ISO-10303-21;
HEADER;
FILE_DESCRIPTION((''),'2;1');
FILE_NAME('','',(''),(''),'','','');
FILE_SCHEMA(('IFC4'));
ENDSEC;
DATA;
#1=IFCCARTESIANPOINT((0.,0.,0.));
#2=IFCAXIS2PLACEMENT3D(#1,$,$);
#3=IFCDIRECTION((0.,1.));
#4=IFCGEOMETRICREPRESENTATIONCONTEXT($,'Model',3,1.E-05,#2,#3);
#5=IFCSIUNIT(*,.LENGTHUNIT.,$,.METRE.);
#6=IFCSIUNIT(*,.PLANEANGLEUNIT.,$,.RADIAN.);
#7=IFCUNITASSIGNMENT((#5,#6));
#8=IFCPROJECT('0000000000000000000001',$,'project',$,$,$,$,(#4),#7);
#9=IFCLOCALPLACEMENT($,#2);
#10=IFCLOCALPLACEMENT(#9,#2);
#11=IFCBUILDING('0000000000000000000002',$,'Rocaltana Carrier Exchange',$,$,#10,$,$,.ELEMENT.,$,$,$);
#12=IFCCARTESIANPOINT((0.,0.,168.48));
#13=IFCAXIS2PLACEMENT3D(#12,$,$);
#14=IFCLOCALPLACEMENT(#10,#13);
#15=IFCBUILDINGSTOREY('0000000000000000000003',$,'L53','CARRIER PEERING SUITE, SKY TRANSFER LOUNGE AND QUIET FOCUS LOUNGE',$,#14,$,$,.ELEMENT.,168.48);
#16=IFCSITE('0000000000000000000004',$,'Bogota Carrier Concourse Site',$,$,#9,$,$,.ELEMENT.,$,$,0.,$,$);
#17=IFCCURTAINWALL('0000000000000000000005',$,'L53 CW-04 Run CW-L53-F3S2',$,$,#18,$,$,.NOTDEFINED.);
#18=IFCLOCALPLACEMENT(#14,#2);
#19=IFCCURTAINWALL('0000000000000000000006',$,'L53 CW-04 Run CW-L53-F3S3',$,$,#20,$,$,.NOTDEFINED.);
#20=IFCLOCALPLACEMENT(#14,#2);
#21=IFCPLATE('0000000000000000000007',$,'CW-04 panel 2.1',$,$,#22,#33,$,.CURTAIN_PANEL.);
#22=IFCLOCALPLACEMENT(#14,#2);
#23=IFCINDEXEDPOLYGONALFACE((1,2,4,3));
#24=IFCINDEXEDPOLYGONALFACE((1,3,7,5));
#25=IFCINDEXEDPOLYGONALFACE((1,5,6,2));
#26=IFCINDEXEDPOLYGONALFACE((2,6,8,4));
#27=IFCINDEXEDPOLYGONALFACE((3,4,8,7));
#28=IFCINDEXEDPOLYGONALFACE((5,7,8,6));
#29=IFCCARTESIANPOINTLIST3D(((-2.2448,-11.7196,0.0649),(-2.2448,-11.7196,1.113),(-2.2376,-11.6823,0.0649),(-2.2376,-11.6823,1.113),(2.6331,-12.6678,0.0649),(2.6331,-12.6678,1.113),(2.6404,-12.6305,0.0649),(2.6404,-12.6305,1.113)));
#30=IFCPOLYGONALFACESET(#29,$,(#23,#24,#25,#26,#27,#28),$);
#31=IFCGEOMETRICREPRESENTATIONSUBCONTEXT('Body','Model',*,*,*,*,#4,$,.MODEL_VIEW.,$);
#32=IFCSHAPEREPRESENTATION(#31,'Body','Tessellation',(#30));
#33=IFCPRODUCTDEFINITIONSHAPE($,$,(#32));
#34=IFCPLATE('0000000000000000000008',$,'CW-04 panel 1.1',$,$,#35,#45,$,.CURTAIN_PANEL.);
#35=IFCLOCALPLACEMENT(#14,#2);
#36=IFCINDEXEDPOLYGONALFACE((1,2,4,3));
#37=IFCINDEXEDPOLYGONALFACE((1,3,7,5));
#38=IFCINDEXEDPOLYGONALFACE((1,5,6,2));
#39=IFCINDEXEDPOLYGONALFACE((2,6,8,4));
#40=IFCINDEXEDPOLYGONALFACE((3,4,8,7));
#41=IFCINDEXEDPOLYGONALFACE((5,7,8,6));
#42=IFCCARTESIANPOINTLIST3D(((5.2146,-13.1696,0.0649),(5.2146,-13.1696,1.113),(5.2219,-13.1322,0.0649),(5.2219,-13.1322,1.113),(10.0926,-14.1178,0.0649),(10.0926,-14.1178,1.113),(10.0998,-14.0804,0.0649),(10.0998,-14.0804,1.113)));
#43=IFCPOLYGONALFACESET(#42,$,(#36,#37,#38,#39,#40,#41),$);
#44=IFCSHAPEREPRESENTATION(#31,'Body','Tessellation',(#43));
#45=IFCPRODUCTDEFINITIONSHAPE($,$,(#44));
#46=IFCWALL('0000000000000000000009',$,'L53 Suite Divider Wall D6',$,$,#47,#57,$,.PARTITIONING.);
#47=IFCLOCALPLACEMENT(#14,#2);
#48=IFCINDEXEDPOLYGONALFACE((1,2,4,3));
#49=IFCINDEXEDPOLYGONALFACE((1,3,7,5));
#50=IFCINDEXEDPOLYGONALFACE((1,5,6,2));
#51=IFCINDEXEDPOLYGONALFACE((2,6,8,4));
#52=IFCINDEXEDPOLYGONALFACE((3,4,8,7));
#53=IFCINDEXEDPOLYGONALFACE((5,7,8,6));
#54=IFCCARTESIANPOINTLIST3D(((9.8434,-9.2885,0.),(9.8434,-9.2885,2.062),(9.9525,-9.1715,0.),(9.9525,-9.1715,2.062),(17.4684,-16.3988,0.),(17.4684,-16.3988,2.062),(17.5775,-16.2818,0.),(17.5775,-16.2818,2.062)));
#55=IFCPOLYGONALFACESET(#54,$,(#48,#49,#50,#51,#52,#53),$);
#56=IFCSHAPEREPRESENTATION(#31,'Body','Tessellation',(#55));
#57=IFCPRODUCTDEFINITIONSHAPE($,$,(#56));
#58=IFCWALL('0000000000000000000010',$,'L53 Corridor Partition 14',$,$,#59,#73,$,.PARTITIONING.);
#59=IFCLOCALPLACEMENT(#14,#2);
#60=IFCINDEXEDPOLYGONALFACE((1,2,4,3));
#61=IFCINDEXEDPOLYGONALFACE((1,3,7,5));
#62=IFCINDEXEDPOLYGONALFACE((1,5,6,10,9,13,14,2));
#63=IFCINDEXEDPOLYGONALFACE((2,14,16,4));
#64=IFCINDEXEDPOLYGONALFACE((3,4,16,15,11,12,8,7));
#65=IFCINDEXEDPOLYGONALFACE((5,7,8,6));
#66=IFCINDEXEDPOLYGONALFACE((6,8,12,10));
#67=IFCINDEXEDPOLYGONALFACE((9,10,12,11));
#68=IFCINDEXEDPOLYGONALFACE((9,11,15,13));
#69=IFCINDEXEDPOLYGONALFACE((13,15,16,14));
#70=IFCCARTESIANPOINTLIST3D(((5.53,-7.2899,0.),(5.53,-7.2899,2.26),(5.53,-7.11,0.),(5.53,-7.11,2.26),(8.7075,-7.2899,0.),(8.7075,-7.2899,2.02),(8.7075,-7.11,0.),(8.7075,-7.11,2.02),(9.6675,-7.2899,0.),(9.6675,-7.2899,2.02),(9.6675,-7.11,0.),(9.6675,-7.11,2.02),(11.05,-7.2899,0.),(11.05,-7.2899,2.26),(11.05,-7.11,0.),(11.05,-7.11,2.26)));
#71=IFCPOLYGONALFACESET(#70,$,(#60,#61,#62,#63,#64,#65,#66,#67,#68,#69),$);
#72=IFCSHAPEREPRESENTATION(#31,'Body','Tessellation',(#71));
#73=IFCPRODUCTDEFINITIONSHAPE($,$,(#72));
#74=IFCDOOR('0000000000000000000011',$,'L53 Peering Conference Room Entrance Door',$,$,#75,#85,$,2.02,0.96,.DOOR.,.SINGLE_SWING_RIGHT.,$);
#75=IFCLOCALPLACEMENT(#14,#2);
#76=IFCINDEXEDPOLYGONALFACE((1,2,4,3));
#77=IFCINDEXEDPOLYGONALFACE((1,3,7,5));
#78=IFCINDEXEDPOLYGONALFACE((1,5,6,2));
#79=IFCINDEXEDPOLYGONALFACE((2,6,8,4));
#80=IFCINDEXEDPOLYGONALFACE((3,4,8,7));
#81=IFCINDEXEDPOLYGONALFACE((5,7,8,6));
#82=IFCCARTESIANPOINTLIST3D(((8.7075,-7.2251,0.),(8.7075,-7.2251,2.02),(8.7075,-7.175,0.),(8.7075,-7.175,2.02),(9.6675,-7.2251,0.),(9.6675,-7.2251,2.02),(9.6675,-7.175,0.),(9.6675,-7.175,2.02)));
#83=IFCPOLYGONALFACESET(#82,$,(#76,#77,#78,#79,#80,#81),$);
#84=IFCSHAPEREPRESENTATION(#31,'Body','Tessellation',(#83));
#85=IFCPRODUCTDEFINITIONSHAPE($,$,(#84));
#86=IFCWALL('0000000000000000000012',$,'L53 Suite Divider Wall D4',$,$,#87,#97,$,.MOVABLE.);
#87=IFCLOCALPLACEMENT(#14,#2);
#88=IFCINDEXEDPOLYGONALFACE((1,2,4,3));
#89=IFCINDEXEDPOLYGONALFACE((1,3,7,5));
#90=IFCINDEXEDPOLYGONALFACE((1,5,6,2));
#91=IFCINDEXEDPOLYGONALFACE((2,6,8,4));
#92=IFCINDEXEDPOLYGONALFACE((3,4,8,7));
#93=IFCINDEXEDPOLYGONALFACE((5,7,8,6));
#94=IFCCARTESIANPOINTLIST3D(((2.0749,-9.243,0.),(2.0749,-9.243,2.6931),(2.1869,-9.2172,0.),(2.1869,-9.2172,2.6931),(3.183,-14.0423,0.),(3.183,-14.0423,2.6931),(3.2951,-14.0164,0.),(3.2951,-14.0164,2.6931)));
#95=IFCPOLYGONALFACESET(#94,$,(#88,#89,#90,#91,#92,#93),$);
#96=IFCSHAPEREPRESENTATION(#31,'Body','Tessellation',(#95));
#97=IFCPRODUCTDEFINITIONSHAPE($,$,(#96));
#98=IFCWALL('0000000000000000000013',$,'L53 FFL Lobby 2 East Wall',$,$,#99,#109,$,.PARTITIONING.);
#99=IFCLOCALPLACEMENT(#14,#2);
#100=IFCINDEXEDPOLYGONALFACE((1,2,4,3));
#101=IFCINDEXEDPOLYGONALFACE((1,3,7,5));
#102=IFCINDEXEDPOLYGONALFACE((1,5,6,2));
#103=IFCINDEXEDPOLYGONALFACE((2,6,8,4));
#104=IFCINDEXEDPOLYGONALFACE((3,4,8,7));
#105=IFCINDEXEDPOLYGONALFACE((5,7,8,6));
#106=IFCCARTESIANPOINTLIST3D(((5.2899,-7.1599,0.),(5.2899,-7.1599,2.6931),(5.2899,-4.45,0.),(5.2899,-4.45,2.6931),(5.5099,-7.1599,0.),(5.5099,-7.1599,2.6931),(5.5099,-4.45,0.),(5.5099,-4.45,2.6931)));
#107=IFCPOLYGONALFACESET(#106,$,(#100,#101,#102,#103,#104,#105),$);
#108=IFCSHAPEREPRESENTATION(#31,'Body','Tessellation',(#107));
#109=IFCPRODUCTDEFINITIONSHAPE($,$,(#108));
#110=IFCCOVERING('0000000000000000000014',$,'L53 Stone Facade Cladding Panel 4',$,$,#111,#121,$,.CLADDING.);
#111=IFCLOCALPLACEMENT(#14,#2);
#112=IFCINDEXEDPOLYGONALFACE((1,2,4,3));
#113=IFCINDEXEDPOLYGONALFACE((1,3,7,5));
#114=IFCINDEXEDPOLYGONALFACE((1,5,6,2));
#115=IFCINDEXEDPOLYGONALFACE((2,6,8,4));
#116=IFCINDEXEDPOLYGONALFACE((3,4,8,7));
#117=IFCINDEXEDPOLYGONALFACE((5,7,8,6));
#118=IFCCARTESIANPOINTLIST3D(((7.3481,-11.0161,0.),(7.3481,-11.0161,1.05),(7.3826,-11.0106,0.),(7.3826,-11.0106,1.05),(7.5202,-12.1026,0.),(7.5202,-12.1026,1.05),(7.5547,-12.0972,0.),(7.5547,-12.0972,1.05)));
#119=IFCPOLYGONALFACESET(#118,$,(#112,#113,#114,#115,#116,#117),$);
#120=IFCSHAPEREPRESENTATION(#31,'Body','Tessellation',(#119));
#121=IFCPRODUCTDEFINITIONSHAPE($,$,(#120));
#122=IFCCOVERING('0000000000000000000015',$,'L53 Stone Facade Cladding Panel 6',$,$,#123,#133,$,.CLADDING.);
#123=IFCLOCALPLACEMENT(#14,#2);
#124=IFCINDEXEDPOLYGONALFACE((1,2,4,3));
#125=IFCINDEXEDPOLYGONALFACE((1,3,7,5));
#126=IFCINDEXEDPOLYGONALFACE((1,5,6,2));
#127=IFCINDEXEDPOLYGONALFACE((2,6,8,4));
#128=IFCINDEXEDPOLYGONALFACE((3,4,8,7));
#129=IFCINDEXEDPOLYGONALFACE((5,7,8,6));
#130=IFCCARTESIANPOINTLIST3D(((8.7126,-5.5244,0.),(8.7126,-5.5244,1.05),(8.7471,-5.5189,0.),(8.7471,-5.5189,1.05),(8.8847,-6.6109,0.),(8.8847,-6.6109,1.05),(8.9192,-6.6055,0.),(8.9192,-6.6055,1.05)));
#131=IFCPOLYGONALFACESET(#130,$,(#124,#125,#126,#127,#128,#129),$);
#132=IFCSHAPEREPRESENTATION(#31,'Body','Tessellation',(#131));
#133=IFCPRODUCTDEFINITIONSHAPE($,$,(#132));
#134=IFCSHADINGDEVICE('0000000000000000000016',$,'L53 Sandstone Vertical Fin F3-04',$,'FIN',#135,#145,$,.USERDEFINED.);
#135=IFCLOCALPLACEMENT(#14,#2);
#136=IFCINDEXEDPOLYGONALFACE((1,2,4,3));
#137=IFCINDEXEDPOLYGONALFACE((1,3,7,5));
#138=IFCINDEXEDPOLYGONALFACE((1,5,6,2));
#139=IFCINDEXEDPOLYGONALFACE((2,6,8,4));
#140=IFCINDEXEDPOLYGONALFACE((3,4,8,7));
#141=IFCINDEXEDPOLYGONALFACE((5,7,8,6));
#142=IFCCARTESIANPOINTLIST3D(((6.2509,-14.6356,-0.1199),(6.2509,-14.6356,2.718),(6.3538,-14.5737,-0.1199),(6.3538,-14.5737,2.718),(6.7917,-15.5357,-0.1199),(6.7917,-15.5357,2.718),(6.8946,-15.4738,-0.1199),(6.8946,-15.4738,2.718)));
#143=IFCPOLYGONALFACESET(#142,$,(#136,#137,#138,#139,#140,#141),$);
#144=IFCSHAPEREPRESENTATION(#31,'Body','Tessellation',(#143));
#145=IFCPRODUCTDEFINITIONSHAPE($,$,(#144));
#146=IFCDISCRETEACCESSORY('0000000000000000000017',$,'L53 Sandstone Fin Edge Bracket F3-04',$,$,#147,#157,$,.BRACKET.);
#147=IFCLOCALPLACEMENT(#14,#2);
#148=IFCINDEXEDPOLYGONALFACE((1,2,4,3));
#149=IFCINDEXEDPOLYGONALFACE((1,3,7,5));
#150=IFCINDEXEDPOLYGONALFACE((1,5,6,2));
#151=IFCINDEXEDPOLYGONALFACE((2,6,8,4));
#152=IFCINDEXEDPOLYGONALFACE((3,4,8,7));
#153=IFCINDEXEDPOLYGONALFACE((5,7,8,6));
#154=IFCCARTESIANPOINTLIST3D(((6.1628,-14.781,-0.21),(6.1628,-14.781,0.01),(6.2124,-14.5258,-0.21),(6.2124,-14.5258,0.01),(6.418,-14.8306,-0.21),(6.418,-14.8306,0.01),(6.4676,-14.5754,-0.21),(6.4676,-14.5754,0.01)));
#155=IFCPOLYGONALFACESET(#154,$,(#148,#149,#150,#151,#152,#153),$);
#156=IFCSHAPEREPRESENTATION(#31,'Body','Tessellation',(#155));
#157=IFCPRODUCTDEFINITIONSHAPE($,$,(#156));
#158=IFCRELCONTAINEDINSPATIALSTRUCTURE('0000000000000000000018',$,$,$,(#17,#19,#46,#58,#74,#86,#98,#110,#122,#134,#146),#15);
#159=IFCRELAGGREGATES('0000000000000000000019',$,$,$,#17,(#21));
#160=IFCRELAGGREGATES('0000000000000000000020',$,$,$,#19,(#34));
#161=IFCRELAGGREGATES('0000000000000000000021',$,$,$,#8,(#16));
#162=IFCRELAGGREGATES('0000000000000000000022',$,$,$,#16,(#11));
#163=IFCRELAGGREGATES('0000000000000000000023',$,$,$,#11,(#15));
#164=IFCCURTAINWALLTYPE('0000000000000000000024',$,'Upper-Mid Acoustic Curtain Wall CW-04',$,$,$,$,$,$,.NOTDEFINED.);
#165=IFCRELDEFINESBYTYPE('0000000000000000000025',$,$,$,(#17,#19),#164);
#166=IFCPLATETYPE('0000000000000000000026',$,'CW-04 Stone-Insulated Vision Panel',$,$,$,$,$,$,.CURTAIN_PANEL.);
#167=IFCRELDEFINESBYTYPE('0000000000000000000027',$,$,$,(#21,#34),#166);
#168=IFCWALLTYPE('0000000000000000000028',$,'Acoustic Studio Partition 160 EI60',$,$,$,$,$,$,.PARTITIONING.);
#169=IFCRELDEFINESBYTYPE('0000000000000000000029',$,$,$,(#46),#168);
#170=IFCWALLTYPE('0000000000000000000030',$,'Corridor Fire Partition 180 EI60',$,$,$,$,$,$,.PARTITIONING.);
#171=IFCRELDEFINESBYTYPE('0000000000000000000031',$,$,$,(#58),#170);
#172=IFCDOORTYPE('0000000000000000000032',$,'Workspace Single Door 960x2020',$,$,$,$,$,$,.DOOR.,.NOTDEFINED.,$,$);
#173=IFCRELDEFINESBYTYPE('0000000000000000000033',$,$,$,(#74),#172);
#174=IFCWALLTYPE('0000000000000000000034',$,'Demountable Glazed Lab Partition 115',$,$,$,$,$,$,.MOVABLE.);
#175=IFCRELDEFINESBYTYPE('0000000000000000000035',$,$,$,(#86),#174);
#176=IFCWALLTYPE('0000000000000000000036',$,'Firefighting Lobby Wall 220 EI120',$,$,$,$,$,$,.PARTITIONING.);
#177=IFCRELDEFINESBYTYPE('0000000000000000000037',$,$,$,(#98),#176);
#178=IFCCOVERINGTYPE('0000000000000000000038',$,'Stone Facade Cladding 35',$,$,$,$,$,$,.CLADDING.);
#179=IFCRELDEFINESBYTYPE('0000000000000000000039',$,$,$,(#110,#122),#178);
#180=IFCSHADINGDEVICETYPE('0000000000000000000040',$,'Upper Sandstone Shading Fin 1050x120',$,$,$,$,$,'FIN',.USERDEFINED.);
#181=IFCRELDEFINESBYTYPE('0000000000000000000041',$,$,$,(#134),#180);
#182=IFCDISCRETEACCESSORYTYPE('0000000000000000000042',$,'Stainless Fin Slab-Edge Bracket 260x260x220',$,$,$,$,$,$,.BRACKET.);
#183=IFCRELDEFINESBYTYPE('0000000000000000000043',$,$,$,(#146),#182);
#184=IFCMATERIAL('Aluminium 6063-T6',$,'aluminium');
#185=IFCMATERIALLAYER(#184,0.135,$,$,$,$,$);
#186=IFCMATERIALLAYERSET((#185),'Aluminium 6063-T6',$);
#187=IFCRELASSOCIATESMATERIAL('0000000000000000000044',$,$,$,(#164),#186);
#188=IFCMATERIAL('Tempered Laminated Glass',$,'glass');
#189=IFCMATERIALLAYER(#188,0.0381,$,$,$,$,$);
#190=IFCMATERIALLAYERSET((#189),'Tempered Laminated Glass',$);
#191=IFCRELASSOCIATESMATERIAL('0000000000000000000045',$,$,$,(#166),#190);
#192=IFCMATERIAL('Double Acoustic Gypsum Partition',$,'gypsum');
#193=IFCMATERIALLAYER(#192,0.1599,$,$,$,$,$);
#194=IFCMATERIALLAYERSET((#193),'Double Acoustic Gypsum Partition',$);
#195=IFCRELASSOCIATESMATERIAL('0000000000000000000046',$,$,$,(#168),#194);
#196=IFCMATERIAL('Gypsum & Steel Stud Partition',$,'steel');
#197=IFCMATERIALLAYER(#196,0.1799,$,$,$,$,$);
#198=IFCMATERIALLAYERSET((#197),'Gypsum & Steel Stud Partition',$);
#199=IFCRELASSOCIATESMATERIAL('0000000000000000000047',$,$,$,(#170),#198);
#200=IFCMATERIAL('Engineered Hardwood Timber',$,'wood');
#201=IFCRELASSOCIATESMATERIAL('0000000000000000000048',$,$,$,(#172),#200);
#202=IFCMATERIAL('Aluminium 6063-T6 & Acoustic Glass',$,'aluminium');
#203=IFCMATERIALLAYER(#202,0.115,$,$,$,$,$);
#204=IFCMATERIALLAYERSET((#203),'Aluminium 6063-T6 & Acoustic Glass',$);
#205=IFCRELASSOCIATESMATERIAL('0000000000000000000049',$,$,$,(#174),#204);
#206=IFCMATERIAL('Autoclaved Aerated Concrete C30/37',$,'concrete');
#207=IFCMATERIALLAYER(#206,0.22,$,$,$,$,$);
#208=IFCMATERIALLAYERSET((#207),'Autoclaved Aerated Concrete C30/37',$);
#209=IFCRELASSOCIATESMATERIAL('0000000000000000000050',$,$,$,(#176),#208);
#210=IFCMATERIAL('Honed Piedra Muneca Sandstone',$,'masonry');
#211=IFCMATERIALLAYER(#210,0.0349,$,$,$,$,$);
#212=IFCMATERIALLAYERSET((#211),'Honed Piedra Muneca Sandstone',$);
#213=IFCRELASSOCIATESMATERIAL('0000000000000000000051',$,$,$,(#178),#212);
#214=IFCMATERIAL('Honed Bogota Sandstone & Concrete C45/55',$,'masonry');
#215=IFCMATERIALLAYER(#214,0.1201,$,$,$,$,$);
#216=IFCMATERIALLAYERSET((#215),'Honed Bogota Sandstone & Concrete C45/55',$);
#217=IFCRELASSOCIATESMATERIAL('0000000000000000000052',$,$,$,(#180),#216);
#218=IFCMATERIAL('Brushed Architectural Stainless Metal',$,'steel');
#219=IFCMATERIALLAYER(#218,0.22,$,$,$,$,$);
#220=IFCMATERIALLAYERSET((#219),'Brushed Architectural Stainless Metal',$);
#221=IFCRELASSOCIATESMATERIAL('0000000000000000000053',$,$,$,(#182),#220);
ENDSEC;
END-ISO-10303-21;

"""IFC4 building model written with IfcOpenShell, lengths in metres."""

from ifc_helpers import new_model, si_unit, direction, frame, frame_2d, origin, origin_2d, place, context, subcontext, project, spatial, rectangle, extrude, material, layer, layer_set, type_object, element, fill, aggregate, save


model = new_model("IFC4")

# Units and contexts
model_context = context("Model", 3, precision=1e-05, world=origin(), true_north=direction((0.0, 1.0)))
body_context = subcontext(model_context, "Body", "Model", "MODEL_VIEW")
ifc_project = project(units=[si_unit("LENGTHUNIT", "METRE"), si_unit("PLANEANGLEUNIT", "RADIAN")], contexts=[model_context])

# Site, building, storey
site_placement = place(None, origin())
site = spatial("IfcSite", under=ifc_project, at=site_placement, Name="Bogota Carrier Concourse Site", CompositionType="ELEMENT", RefElevation=0.0)
building_placement = place(site_placement, origin())
building = spatial("IfcBuilding", under=site, at=building_placement, Name="Rocaltana Carrier Exchange", CompositionType="ELEMENT")
storey_placement = place(building_placement, frame((0.0, 0.0, 168.48)))
storey = spatial("IfcBuildingStorey", under=building, at=storey_placement, Name="L53", Description="CARRIER PEERING SUITE, SKY TRANSFER LOUNGE AND QUIET FOCUS LOUNGE", CompositionType="ELEMENT", Elevation=168.48)

# Curtain wall
ifc_material_1 = material(Name="Aluminium 6063-T6", Category="aluminium")
ifc_layer_1 = layer(ifc_material_1, 0.135)
ifc_layer_set_1 = layer_set([ifc_layer_1], Name="Aluminium 6063-T6")
curtain_wall_type = type_object("IfcCurtainWallType", Name="Upper-Mid Acoustic Curtain Wall CW-04", PredefinedType="NOTDEFINED", material=ifc_layer_set_1)
curtain_wall_1_placement = place(storey_placement, origin())
curtain_wall_1 = element("IfcCurtainWall", 1, at=curtain_wall_1_placement, inside=storey, type_object=curtain_wall_type, Name="L53 CW-04 Run CW-L53-F3S2", PredefinedType="NOTDEFINED")

# Curtain wall
curtain_wall_2_placement = place(storey_placement, origin())
curtain_wall_2 = element("IfcCurtainWall", 2, at=curtain_wall_2_placement, inside=storey, type_object=curtain_wall_type, Name="L53 CW-04 Run CW-L53-F3S3", PredefinedType="NOTDEFINED")

# Plates
ifc_material_2 = material(Name="Tempered Laminated Glass", Category="glass")
ifc_layer_2 = layer(ifc_material_2, 0.0381)
ifc_layer_set_2 = layer_set([ifc_layer_2], Name="Tempered Laminated Glass")
plate_type = type_object("IfcPlateType", Name="CW-04 Stone-Insulated Vision Panel", PredefinedType="CURTAIN_PANEL", material=ifc_layer_set_2)
plate_1_placement = place(storey_placement, frame((0.1978, -12.175, 0.0649), z_axis=(0.0, 0.0, 1.0), x_axis=(0.981626, -0.190815, 0.0)))
plate_1 = element("IfcPlate", 3, at=plate_1_placement, type_object=plate_type, Name="CW-04 panel 2.1", PredefinedType="CURTAIN_PANEL", context=body_context, shape_type="SweptSolid", body=[
    extrude(rectangle(XDim=4.9692, YDim=0.0381, at=origin_2d()), origin(), (0.0, 0.0, 1.0), 1.0481),
])
aggregate(curtain_wall_1, [plate_1])
plate_2_placement = place(storey_placement, frame((7.6572, -13.625, 0.0649), z_axis=(0.0, 0.0, 1.0), x_axis=(0.981628, -0.190805, 0.0)))
plate_2 = element("IfcPlate", 4, at=plate_2_placement, type_object=plate_type, Name="CW-04 panel 1.1", PredefinedType="CURTAIN_PANEL", context=body_context, shape_type="SweptSolid", body=[
    extrude(rectangle(XDim=4.9692, YDim=0.0381, at=origin_2d()), origin(), (0.0, 0.0, 1.0), 1.0481),
])
aggregate(curtain_wall_2, [plate_2])

# Wall
ifc_material_3 = material(Name="Double Acoustic Gypsum Partition", Category="gypsum")
ifc_layer_3 = layer(ifc_material_3, 0.1599)
ifc_layer_set_3 = layer_set([ifc_layer_3], Name="Double Acoustic Gypsum Partition")
wall_type_1 = type_object("IfcWallType", Name="Acoustic Studio Partition 160 EI60", PredefinedType="PARTITIONING", material=ifc_layer_set_3)
wall_1_placement = place(storey_placement, frame((9.8979, -9.23, 0.0), z_axis=(0.0, 0.0, 1.0), x_axis=(0.731357, -0.681994, 0.0)))
element("IfcWall", 5, at=wall_1_placement, inside=storey, type_object=wall_type_1, Name="L53 Suite Divider Wall D6", PredefinedType="PARTITIONING", context=body_context, shape_type="SweptSolid", body=[
    extrude(rectangle(XDim=10.4258, YDim=0.1599, at=frame_2d((5.2129, 0.0))), origin(), (0.0, 0.0, 1.0), 2.062),
])

# Wall, opening, door
ifc_material_4 = material(Name="Gypsum & Steel Stud Partition", Category="steel")
ifc_layer_4 = layer(ifc_material_4, 0.1799)
ifc_layer_set_4 = layer_set([ifc_layer_4], Name="Gypsum & Steel Stud Partition")
wall_type_2 = type_object("IfcWallType", Name="Corridor Fire Partition 180 EI60", PredefinedType="PARTITIONING", material=ifc_layer_set_4)
wall_2_placement = place(storey_placement, frame((5.53, -7.2, 0.0), z_axis=(0.0, 0.0, 1.0), x_axis=(1.0, 0.0, 0.0)))
wall_2 = element("IfcWall", 6, at=wall_2_placement, inside=storey, type_object=wall_type_2, Name="L53 Corridor Partition 14", PredefinedType="PARTITIONING", context=body_context, shape_type="SweptSolid", body=[
    extrude(rectangle(XDim=5.52, YDim=0.1799, at=frame_2d((2.76, 0.0))), origin(), (0.0, 0.0, 1.0), 2.26),
])
opening_placement = place(wall_2_placement, frame((3.1775, 0.0, 0.0)))
opening = element("IfcOpeningElement", 7, at=opening_placement, cuts=wall_2, PredefinedType="OPENING", context=body_context, shape_type="SweptSolid", body=[
    extrude(rectangle(XDim=0.96, YDim=2.02, at=frame_2d((0.48, 1.01))), frame((0.0, 0.0999, 0.0), z_axis=(0.0, -1.0, 0.0), x_axis=(1.0, 0.0, 0.0)), (0.0, 0.0, 1.0), 0.2),
])
ifc_material_5 = material(Name="Engineered Hardwood Timber", Category="wood")
door_type = type_object("IfcDoorType", Name="Workspace Single Door 960x2020", OperationType="NOTDEFINED", PredefinedType="DOOR", material=ifc_material_5)
door_placement = place(opening_placement, origin())
door = element("IfcDoor", 8, at=door_placement, inside=storey, type_object=door_type, Name="L53 Peering Conference Room Entrance Door", OperationType="SINGLE_SWING_RIGHT", OverallHeight=2.02, OverallWidth=0.96, PredefinedType="DOOR", context=body_context, shape_type="SweptSolid", body=[
    extrude(rectangle(XDim=0.96, YDim=2.02, at=frame_2d((0.48, 1.01))), frame((0.0, 0.0249, 0.0), z_axis=(0.0, -1.0, 0.0), x_axis=(1.0, 0.0, 0.0)), (0.0, 0.0, 1.0), 0.05),
])
fill(opening, door)

# Walls
ifc_material_6 = material(Name="Aluminium 6063-T6 & Acoustic Glass", Category="aluminium")
ifc_layer_5 = layer(ifc_material_6, 0.115)
ifc_layer_set_5 = layer_set([ifc_layer_5], Name="Aluminium 6063-T6 & Acoustic Glass")
wall_type_3 = type_object("IfcWallType", Name="Demountable Glazed Lab Partition 115", PredefinedType="MOVABLE", material=ifc_layer_set_5)
wall_3_placement = place(storey_placement, frame((2.1309, -9.23, 0.0), z_axis=(0.0, 0.0, 1.0), x_axis=(0.224979, -0.974364, 0.0)))
element("IfcWall", 9, at=wall_3_placement, inside=storey, type_object=wall_type_3, Name="L53 Suite Divider Wall D4", PredefinedType="MOVABLE", context=body_context, shape_type="SweptSolid", body=[
    extrude(rectangle(XDim=4.9255, YDim=0.115, at=frame_2d((2.4629, 0.0))), origin(), (0.0, 0.0, 1.0), 2.6931),
])
ifc_material_7 = material(Name="Autoclaved Aerated Concrete C30/37", Category="concrete")
ifc_layer_6 = layer(ifc_material_7, 0.22)
ifc_layer_set_6 = layer_set([ifc_layer_6], Name="Autoclaved Aerated Concrete C30/37")
wall_type_4 = type_object("IfcWallType", Name="Firefighting Lobby Wall 220 EI120", PredefinedType="PARTITIONING", material=ifc_layer_set_6)
wall_4_placement = place(storey_placement, frame((5.3999, -7.1599, 0.0), z_axis=(0.0, 0.0, 1.0), x_axis=(0.0, 1.0, 0.0)))
element("IfcWall", 10, at=wall_4_placement, inside=storey, type_object=wall_type_4, Name="L53 FFL Lobby 2 East Wall", PredefinedType="PARTITIONING", context=body_context, shape_type="SweptSolid", body=[
    extrude(rectangle(XDim=2.71, YDim=0.22, at=frame_2d((1.355, 0.0))), origin(), (0.0, 0.0, 1.0), 2.6931),
])

# Coverings
ifc_material_8 = material(Name="Honed Piedra Muneca Sandstone", Category="masonry")
ifc_layer_7 = layer(ifc_material_8, 0.0349)
ifc_layer_set_7 = layer_set([ifc_layer_7], Name="Honed Piedra Muneca Sandstone")
covering_type = type_object("IfcCoveringType", Name="Stone Facade Cladding 35", PredefinedType="CLADDING", material=ifc_layer_set_7)
for number, where, z_axis, x_axis, name in (
    (11, (7.4514, -11.5566, 0.0), (0.0, 0.0, 1.0), (-0.156434, 0.987688, 0.0), "L53 Stone Facade Cladding Panel 4"),
    (12, (8.8159, -6.0649, 0.0), (0.0, 0.0, 1.0), (-0.156434, 0.987688, 0.0), "L53 Stone Facade Cladding Panel 6"),
):
    element("IfcCovering", number, at=place(storey_placement, frame(where, z_axis=z_axis, x_axis=x_axis)), inside=storey, type_object=covering_type, Name=name, PredefinedType="CLADDING", context=body_context, shape_type="SweptSolid", body=[
        extrude(rectangle(XDim=1.1001, YDim=0.0349, at=origin_2d()), origin(), (0.0, 0.0, 1.0), 1.05),
    ])

# Shading device
ifc_material_9 = material(Name="Honed Bogota Sandstone & Concrete C45/55", Category="masonry")
ifc_layer_8 = layer(ifc_material_9, 0.1201)
ifc_layer_set_8 = layer_set([ifc_layer_8], Name="Honed Bogota Sandstone & Concrete C45/55")
shading_device_type = type_object("IfcShadingDeviceType", Name="Upper Sandstone Shading Fin 1050x120", ElementType="FIN", PredefinedType="USERDEFINED", material=ifc_layer_set_8)
shading_device_placement = place(storey_placement, frame((6.5728, -15.0547, -0.1199), z_axis=(0.0, 0.0, 1.0), x_axis=(0.515038, -0.857167, 0.0)))
element("IfcShadingDevice", 13, at=shading_device_placement, inside=storey, type_object=shading_device_type, Name="L53 Sandstone Vertical Fin F3-04", ObjectType="FIN", PredefinedType="USERDEFINED", context=body_context, shape_type="SweptSolid", body=[
    extrude(rectangle(XDim=1.05, YDim=0.1201, at=origin_2d()), origin(), (0.0, 0.0, 1.0), 2.8379),
])

# Discrete accessory
ifc_material_10 = material(Name="Brushed Architectural Stainless Metal", Category="steel")
ifc_layer_9 = layer(ifc_material_10, 0.22)
ifc_layer_set_9 = layer_set([ifc_layer_9], Name="Brushed Architectural Stainless Metal")
discrete_accessory_type = type_object("IfcDiscreteAccessoryType", Name="Stainless Fin Slab-Edge Bracket 260x260x220", PredefinedType="BRACKET", material=ifc_layer_set_9)
discrete_accessory_placement = place(storey_placement, frame((6.3152, -14.6782, -0.21), z_axis=(0.0, 0.0, 1.0), x_axis=(0.981627, -0.190809, 0.0)))
element("IfcDiscreteAccessory", 14, at=discrete_accessory_placement, inside=storey, type_object=discrete_accessory_type, Name="L53 Sandstone Fin Edge Bracket F3-04", PredefinedType="BRACKET", context=body_context, shape_type="SweptSolid", body=[
    extrude(rectangle(XDim=0.26, YDim=0.26, at=origin_2d()), origin(), (0.0, 0.0, 1.0), 0.22),
])

save(model, "model.ifc")
